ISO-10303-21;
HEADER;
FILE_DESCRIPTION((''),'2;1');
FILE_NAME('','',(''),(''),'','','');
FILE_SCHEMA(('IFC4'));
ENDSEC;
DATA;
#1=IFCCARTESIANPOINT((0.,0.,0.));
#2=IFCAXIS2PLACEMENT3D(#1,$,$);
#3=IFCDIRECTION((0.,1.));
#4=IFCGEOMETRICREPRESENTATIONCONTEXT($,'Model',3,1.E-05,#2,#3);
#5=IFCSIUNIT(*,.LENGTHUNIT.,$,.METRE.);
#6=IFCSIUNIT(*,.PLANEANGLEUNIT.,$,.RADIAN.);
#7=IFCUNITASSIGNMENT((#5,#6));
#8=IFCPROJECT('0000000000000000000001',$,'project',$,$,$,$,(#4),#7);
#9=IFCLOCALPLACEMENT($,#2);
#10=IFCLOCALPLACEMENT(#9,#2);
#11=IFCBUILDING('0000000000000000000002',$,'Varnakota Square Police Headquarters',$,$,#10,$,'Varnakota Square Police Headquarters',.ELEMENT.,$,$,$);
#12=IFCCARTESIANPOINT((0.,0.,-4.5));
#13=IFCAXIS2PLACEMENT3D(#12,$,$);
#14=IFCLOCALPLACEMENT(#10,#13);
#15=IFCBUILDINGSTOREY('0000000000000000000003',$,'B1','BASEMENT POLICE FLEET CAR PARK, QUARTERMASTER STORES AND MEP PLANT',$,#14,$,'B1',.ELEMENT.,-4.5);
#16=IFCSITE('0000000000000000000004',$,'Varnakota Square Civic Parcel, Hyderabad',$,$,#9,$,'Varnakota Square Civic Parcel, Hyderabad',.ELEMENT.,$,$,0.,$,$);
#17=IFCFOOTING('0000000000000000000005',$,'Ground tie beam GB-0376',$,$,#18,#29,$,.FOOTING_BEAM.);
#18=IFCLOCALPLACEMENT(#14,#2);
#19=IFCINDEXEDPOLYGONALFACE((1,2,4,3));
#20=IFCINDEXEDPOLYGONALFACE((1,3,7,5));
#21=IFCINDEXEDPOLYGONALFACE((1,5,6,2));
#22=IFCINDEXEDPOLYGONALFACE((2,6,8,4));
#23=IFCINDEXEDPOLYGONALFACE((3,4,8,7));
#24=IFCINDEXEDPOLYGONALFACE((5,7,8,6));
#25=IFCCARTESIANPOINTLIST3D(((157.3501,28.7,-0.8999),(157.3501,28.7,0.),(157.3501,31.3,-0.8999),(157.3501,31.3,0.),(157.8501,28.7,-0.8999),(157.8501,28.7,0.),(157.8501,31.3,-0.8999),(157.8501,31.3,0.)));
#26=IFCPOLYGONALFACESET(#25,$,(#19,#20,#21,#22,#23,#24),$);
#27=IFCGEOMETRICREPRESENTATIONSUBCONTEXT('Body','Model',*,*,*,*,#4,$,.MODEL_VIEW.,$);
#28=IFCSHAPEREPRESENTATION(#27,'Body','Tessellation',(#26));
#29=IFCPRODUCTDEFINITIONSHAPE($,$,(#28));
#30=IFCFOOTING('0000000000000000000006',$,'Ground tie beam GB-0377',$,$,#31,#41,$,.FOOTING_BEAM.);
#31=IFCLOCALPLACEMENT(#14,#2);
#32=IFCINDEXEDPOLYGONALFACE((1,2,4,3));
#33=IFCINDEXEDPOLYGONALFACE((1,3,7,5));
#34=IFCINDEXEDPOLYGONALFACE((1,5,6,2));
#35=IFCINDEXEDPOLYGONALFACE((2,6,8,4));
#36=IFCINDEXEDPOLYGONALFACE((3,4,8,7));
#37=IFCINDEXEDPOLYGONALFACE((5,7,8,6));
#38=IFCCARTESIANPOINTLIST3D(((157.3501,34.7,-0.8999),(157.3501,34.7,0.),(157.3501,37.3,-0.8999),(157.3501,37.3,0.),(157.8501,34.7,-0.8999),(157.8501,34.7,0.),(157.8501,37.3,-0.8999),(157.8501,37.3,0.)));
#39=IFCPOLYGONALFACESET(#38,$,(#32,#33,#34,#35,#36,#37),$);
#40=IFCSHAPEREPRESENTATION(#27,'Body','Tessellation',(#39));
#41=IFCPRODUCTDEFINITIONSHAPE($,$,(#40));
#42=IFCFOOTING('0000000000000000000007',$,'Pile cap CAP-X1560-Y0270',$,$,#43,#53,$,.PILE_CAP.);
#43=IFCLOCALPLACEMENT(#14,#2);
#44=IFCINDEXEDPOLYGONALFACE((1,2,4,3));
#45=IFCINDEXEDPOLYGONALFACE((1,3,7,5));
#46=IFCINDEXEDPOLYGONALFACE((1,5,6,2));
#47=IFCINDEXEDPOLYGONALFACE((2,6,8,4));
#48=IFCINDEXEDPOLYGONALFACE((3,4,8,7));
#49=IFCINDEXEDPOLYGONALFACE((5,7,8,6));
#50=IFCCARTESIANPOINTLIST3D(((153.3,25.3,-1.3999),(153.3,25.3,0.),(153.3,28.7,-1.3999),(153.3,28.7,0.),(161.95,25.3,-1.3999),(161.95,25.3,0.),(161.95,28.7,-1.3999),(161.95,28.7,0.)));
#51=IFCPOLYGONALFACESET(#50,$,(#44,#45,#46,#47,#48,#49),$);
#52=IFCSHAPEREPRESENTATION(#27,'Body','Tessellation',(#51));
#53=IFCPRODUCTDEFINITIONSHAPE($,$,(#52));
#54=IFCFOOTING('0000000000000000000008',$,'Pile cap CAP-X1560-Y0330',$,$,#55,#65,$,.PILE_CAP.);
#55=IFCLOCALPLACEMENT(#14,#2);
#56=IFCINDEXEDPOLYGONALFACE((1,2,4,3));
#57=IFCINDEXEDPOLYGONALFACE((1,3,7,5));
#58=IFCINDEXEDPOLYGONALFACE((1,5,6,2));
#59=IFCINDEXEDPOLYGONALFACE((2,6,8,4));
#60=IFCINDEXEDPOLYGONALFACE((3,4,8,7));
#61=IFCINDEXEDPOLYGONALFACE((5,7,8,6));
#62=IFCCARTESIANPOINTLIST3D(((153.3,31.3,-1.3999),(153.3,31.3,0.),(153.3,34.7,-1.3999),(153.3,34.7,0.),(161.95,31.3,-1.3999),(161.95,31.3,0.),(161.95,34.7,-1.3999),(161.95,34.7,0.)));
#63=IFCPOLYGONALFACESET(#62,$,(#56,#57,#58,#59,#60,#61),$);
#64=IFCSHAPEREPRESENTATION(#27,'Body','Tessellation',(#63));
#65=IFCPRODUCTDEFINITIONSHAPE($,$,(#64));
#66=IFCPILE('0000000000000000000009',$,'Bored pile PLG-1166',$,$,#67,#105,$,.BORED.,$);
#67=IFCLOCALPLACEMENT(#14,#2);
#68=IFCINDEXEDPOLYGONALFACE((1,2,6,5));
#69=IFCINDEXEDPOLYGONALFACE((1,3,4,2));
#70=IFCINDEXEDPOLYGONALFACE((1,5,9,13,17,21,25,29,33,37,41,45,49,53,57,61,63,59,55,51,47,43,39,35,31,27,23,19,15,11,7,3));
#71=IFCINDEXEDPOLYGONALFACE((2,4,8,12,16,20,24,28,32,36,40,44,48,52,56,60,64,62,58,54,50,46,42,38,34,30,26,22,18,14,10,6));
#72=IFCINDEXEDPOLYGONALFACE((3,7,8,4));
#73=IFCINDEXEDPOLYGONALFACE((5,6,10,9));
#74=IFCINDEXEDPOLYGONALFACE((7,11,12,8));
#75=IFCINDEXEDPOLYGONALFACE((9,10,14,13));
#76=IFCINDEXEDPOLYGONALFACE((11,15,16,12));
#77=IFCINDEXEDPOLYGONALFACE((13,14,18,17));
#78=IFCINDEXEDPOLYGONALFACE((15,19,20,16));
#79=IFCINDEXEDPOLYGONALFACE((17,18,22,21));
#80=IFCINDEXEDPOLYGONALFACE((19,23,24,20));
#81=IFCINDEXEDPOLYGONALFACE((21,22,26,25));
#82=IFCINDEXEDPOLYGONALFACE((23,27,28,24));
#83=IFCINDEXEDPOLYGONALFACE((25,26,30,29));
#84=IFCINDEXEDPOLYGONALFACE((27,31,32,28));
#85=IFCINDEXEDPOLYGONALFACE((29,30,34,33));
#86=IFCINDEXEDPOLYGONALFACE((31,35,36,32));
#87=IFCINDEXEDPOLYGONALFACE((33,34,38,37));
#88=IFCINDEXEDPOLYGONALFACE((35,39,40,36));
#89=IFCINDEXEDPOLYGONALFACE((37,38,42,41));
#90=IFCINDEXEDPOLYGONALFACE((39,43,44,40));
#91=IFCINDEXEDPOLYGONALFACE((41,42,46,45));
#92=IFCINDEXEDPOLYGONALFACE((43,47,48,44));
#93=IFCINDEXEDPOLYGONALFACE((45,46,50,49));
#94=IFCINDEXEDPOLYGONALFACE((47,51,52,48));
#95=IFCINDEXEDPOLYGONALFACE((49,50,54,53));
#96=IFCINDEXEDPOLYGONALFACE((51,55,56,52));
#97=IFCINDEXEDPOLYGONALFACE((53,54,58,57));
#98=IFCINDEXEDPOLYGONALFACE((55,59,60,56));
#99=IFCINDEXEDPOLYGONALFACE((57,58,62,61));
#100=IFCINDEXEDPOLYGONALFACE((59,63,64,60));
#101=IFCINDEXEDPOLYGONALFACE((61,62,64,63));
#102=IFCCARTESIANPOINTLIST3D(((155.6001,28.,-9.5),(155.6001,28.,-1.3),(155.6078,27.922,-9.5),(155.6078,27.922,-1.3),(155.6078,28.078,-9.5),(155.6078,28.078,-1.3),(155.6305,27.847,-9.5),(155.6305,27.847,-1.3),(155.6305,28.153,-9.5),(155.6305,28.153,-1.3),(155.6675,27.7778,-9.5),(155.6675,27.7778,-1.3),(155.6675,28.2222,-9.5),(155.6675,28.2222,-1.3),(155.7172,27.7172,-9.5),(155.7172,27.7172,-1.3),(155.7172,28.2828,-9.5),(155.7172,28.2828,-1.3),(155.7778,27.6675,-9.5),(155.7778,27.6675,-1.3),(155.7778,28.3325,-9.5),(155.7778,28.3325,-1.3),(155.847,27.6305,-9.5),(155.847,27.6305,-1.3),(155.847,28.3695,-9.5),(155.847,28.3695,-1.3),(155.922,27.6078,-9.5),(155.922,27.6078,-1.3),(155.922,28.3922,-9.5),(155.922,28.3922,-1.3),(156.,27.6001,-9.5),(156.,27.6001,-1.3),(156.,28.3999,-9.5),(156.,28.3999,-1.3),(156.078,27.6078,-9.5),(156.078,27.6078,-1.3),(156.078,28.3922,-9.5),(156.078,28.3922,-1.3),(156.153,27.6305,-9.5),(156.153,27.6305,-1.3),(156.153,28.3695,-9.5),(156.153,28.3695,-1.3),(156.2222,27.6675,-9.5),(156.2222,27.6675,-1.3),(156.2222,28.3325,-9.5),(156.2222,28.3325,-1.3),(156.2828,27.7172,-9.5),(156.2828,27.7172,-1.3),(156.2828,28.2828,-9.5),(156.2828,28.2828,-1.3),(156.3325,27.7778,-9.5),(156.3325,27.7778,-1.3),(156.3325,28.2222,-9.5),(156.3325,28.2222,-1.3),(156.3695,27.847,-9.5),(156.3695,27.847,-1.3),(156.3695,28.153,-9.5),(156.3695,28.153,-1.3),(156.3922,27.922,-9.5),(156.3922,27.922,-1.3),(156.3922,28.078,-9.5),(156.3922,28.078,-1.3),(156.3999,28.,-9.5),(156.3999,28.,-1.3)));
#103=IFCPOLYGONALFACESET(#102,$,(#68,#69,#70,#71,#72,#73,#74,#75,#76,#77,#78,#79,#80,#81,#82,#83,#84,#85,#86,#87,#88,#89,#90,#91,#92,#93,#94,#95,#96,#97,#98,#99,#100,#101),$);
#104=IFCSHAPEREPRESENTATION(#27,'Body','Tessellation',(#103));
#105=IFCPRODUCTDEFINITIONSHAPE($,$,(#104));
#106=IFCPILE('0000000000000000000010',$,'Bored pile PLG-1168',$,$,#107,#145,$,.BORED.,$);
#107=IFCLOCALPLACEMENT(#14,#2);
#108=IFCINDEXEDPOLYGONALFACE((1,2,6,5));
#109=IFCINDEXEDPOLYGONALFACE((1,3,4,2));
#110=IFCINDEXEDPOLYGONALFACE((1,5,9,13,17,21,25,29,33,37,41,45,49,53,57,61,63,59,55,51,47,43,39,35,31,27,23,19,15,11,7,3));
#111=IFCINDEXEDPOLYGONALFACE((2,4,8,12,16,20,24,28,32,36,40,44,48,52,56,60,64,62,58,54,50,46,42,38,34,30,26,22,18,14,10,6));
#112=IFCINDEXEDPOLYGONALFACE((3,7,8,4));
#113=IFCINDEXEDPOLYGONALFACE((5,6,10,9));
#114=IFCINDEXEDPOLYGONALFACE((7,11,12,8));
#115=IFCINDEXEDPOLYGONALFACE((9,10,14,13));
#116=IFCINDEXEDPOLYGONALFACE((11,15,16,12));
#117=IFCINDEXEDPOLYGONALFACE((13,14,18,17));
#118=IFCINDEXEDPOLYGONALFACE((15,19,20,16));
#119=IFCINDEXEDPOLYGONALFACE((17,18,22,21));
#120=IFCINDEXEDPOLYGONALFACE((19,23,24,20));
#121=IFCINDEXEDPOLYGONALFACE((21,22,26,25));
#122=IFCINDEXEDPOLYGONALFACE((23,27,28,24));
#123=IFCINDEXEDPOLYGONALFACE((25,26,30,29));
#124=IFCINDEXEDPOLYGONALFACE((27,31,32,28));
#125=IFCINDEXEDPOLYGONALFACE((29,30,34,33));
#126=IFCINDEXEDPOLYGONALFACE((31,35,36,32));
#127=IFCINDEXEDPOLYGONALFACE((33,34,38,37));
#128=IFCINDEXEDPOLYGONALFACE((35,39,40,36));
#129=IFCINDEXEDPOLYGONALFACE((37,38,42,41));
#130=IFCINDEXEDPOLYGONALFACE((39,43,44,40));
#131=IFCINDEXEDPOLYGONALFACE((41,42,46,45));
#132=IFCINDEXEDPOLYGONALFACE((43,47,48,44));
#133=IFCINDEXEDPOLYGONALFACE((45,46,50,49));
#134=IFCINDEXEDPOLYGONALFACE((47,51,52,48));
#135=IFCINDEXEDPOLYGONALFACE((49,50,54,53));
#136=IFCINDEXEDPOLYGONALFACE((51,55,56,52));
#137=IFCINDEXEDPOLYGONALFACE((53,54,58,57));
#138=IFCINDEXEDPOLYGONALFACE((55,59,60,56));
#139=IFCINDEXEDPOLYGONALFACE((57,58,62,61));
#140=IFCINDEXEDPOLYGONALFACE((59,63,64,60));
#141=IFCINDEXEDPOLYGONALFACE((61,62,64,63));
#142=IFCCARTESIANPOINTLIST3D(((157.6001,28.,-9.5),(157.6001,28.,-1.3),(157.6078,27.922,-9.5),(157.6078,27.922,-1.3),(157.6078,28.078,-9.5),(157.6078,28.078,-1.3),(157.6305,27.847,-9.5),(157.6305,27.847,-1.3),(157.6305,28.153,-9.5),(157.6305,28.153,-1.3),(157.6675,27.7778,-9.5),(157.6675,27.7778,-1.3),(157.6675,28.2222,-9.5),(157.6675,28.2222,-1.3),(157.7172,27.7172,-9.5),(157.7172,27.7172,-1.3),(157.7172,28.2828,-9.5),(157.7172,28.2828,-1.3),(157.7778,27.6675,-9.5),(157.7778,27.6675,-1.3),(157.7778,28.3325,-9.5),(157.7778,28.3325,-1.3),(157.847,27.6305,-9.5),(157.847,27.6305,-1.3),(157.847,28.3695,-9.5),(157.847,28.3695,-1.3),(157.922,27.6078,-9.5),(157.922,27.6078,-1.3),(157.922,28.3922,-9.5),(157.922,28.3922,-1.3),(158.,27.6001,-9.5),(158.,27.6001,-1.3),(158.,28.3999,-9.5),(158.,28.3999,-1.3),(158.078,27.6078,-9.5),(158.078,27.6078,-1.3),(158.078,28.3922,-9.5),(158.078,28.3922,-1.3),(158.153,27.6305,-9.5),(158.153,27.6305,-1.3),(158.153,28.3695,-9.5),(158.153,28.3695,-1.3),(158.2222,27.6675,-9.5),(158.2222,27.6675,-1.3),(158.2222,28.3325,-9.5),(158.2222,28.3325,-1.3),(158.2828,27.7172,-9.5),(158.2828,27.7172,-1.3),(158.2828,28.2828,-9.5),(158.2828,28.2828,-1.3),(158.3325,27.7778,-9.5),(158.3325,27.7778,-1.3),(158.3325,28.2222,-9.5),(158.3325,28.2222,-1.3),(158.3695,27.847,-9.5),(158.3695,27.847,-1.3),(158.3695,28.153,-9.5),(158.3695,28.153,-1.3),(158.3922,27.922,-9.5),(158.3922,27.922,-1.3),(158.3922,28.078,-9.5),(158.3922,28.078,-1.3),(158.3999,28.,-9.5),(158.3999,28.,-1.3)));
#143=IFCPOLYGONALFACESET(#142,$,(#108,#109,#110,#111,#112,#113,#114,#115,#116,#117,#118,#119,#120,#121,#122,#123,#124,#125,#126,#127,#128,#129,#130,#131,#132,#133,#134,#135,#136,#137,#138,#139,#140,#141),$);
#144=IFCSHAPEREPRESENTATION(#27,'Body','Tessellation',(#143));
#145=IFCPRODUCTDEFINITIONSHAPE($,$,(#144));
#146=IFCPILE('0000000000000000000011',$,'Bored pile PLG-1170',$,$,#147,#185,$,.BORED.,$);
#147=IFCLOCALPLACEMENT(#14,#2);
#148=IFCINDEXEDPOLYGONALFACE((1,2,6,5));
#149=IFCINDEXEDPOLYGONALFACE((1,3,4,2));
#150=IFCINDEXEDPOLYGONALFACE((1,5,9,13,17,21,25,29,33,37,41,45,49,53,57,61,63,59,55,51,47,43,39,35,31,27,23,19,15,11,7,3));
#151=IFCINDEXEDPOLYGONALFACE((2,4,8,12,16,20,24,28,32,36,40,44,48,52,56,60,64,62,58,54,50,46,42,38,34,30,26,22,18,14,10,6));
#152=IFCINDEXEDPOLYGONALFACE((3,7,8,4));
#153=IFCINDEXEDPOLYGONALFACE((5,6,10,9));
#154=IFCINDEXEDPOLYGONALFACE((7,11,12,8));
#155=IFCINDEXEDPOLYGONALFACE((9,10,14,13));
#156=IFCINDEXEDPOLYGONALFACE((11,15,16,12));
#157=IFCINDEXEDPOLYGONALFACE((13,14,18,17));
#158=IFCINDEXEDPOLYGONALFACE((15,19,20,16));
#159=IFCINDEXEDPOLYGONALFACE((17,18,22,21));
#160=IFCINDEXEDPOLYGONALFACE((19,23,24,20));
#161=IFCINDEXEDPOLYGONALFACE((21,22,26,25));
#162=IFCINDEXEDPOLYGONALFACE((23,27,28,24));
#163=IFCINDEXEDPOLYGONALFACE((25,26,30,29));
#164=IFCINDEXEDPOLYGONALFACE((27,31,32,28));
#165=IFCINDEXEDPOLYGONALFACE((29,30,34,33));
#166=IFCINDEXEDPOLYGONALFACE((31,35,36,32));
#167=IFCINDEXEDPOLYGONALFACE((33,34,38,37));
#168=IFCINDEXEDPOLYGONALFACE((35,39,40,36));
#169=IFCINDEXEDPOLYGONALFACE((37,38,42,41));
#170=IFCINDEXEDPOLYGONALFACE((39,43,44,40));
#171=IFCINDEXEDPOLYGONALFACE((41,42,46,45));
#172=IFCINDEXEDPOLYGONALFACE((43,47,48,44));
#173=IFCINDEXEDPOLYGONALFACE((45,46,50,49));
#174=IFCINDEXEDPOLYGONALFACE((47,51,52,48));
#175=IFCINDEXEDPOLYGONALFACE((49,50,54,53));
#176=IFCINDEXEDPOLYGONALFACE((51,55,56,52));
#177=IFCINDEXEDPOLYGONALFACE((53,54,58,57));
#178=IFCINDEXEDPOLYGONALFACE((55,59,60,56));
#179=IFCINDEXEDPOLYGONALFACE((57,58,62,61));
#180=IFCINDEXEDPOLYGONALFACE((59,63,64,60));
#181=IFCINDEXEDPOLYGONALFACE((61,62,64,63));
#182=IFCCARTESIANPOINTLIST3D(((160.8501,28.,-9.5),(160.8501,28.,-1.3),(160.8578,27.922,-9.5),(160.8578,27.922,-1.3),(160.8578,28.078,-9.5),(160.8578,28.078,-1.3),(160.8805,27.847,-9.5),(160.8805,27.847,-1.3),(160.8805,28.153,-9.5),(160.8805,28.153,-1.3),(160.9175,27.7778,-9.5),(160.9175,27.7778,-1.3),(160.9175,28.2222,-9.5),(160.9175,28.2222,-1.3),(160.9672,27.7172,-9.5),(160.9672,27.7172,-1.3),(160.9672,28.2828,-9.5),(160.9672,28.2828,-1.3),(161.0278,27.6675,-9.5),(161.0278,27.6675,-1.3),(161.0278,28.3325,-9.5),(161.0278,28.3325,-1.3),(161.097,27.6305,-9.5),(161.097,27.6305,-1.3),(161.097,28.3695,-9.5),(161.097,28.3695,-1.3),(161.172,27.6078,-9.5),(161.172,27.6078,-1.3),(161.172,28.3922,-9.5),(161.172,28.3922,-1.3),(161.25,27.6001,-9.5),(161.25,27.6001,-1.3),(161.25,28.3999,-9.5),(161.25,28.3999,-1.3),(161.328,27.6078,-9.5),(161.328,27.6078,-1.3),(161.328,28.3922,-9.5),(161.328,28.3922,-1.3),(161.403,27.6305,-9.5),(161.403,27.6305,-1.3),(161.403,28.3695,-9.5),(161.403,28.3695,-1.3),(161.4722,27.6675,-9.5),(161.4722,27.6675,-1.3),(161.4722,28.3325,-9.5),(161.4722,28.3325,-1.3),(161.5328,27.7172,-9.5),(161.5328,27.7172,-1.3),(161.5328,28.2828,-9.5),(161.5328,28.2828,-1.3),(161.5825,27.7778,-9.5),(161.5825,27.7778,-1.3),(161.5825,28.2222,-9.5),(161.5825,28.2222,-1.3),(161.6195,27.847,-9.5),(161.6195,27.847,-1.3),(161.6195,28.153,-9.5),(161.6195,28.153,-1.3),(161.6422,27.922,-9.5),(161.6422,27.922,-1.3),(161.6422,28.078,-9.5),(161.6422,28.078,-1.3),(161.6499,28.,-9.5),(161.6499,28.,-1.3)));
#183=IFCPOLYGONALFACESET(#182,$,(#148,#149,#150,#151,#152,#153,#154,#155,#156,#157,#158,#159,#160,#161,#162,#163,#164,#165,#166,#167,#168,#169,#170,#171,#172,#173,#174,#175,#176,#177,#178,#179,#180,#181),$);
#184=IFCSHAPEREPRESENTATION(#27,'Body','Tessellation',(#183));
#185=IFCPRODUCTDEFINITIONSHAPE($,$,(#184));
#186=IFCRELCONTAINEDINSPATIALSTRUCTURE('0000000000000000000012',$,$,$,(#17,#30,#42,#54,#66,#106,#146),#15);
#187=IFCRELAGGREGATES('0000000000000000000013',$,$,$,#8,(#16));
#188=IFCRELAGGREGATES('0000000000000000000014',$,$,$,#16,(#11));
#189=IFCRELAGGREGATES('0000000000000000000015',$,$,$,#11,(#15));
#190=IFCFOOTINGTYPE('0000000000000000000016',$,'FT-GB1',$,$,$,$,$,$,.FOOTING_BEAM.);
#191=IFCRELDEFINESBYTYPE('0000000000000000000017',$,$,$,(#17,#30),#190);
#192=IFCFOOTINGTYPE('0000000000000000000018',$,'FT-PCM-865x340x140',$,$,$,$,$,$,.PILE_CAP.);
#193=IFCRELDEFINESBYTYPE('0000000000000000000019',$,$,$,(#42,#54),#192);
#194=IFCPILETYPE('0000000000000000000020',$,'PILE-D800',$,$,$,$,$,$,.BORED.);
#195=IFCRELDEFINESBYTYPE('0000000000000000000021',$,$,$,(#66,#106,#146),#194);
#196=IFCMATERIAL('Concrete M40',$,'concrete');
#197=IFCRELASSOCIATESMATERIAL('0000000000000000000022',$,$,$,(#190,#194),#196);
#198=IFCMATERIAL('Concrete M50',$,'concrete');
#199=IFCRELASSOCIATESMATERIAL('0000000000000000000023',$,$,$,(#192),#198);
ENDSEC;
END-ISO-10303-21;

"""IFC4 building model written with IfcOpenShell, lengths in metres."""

from ifc_helpers import new_model, si_unit, direction, frame, origin, origin_2d, place, context, subcontext, project, spatial, rectangle, circle, extrude, material, material_profile, profile_set, type_object, element, save


model = new_model("IFC4")

# Units and contexts
model_context = context("Model", 3, precision=1e-05, world=origin(), true_north=direction((0.0, 1.0)))
body_context = subcontext(model_context, "Body", "Model", "MODEL_VIEW")
ifc_project = project(units=[si_unit("LENGTHUNIT", "METRE"), si_unit("PLANEANGLEUNIT", "RADIAN")], contexts=[model_context])

# Site, building, storey
site_placement = place(None, origin())
site = spatial("IfcSite", under=ifc_project, at=site_placement, Name="Varnakota Square Civic Parcel, Hyderabad", LongName="Varnakota Square Civic Parcel, Hyderabad", CompositionType="ELEMENT", RefElevation=0.0)
building_placement = place(site_placement, origin())
building = spatial("IfcBuilding", under=site, at=building_placement, Name="Varnakota Square Police Headquarters", LongName="Varnakota Square Police Headquarters", CompositionType="ELEMENT")
storey_placement = place(building_placement, frame((0.0, 0.0, -4.5)))
storey = spatial("IfcBuildingStorey", under=building, at=storey_placement, Name="B1", Description="BASEMENT POLICE FLEET CAR PARK, QUARTERMASTER STORES AND MEP PLANT", LongName="B1", CompositionType="ELEMENT", Elevation=-4.5)

# Footings
ifc_material_1 = material(Name="Concrete M40", Category="concrete")
ifc_material_profile_1 = material_profile(ifc_material_1, rectangle(XDim=0.5, YDim=0.8999, at=origin_2d()), Name="GB 500x900")
ifc_profile_set_1 = profile_set([ifc_material_profile_1], Name="Concrete M40")
footing_type_1 = type_object("IfcFootingType", Name="FT-GB1", PredefinedType="FOOTING_BEAM", material=ifc_profile_set_1)
for number, where, z_axis, x_axis, name in (
    (1, (157.6001, 28.7, -0.45), (0.0, 1.0, 0.0), (-1.0, 0.0, 0.0), "Ground tie beam GB-0376"),
    (2, (157.6001, 34.7, -0.45), (0.0, 1.0, 0.0), (-1.0, 0.0, 0.0), "Ground tie beam GB-0377"),
):
    element("IfcFooting", number, at=place(storey_placement, frame(where, z_axis=z_axis, x_axis=x_axis)), inside=storey, type_object=footing_type_1, Name=name, PredefinedType="FOOTING_BEAM", context=body_context, shape_type="SweptSolid", body=[
        extrude(rectangle(XDim=0.5, YDim=0.8999, at=origin_2d()), origin(), (0.0, 0.0, 1.0), 2.6001),
    ])
ifc_material_2 = material(Name="Concrete M50", Category="concrete")
footing_type_2 = type_object("IfcFootingType", Name="FT-PCM-865x340x140", PredefinedType="PILE_CAP", material=ifc_material_2)
for number, where, z_axis, x_axis, name in (
    (3, (157.625, 27.0, -1.3999), (0.0, 0.0, 1.0), (1.0, 0.0, 0.0), "Pile cap CAP-X1560-Y0270"),
    (4, (157.625, 33.0, -1.3999), (0.0, 0.0, 1.0), (1.0, 0.0, 0.0), "Pile cap CAP-X1560-Y0330"),
):
    element("IfcFooting", number, at=place(storey_placement, frame(where, z_axis=z_axis, x_axis=x_axis)), inside=storey, type_object=footing_type_2, Name=name, PredefinedType="PILE_CAP", context=body_context, shape_type="SweptSolid", body=[
        extrude(rectangle(XDim=8.6499, YDim=3.3999, at=origin_2d()), origin(), (0.0, 0.0, 1.0), 1.3999),
    ])

# Piles
ifc_material_profile_2 = material_profile(ifc_material_1, circle(Radius=0.3999, at=origin_2d()), Name="BORED PILE 800")
ifc_profile_set_2 = profile_set([ifc_material_profile_2], Name="Concrete M40")
pile_type = type_object("IfcPileType", Name="PILE-D800", PredefinedType="BORED", material=ifc_profile_set_2)
for number, where, z_axis, x_axis, name in (
    (5, (156.0, 28.0, -1.3), (0.0, 0.0, -1.0), (1.0, 0.0, 0.0), "Bored pile PLG-1166"),
    (6, (158.0, 28.0, -1.3), (0.0, 0.0, -1.0), (1.0, 0.0, 0.0), "Bored pile PLG-1168"),
    (7, (161.25, 28.0, -1.3), (0.0, 0.0, -1.0), (1.0, 0.0, 0.0), "Bored pile PLG-1170"),
):
    element("IfcPile", number, at=place(storey_placement, frame(where, z_axis=z_axis, x_axis=x_axis)), inside=storey, type_object=pile_type, Name=name, PredefinedType="BORED", context=body_context, shape_type="SweptSolid", body=[
        extrude(circle(Radius=0.3999, at=origin_2d()), origin(), (0.0, 0.0, 1.0), 8.2),
    ])

save(model, "model.ifc")
